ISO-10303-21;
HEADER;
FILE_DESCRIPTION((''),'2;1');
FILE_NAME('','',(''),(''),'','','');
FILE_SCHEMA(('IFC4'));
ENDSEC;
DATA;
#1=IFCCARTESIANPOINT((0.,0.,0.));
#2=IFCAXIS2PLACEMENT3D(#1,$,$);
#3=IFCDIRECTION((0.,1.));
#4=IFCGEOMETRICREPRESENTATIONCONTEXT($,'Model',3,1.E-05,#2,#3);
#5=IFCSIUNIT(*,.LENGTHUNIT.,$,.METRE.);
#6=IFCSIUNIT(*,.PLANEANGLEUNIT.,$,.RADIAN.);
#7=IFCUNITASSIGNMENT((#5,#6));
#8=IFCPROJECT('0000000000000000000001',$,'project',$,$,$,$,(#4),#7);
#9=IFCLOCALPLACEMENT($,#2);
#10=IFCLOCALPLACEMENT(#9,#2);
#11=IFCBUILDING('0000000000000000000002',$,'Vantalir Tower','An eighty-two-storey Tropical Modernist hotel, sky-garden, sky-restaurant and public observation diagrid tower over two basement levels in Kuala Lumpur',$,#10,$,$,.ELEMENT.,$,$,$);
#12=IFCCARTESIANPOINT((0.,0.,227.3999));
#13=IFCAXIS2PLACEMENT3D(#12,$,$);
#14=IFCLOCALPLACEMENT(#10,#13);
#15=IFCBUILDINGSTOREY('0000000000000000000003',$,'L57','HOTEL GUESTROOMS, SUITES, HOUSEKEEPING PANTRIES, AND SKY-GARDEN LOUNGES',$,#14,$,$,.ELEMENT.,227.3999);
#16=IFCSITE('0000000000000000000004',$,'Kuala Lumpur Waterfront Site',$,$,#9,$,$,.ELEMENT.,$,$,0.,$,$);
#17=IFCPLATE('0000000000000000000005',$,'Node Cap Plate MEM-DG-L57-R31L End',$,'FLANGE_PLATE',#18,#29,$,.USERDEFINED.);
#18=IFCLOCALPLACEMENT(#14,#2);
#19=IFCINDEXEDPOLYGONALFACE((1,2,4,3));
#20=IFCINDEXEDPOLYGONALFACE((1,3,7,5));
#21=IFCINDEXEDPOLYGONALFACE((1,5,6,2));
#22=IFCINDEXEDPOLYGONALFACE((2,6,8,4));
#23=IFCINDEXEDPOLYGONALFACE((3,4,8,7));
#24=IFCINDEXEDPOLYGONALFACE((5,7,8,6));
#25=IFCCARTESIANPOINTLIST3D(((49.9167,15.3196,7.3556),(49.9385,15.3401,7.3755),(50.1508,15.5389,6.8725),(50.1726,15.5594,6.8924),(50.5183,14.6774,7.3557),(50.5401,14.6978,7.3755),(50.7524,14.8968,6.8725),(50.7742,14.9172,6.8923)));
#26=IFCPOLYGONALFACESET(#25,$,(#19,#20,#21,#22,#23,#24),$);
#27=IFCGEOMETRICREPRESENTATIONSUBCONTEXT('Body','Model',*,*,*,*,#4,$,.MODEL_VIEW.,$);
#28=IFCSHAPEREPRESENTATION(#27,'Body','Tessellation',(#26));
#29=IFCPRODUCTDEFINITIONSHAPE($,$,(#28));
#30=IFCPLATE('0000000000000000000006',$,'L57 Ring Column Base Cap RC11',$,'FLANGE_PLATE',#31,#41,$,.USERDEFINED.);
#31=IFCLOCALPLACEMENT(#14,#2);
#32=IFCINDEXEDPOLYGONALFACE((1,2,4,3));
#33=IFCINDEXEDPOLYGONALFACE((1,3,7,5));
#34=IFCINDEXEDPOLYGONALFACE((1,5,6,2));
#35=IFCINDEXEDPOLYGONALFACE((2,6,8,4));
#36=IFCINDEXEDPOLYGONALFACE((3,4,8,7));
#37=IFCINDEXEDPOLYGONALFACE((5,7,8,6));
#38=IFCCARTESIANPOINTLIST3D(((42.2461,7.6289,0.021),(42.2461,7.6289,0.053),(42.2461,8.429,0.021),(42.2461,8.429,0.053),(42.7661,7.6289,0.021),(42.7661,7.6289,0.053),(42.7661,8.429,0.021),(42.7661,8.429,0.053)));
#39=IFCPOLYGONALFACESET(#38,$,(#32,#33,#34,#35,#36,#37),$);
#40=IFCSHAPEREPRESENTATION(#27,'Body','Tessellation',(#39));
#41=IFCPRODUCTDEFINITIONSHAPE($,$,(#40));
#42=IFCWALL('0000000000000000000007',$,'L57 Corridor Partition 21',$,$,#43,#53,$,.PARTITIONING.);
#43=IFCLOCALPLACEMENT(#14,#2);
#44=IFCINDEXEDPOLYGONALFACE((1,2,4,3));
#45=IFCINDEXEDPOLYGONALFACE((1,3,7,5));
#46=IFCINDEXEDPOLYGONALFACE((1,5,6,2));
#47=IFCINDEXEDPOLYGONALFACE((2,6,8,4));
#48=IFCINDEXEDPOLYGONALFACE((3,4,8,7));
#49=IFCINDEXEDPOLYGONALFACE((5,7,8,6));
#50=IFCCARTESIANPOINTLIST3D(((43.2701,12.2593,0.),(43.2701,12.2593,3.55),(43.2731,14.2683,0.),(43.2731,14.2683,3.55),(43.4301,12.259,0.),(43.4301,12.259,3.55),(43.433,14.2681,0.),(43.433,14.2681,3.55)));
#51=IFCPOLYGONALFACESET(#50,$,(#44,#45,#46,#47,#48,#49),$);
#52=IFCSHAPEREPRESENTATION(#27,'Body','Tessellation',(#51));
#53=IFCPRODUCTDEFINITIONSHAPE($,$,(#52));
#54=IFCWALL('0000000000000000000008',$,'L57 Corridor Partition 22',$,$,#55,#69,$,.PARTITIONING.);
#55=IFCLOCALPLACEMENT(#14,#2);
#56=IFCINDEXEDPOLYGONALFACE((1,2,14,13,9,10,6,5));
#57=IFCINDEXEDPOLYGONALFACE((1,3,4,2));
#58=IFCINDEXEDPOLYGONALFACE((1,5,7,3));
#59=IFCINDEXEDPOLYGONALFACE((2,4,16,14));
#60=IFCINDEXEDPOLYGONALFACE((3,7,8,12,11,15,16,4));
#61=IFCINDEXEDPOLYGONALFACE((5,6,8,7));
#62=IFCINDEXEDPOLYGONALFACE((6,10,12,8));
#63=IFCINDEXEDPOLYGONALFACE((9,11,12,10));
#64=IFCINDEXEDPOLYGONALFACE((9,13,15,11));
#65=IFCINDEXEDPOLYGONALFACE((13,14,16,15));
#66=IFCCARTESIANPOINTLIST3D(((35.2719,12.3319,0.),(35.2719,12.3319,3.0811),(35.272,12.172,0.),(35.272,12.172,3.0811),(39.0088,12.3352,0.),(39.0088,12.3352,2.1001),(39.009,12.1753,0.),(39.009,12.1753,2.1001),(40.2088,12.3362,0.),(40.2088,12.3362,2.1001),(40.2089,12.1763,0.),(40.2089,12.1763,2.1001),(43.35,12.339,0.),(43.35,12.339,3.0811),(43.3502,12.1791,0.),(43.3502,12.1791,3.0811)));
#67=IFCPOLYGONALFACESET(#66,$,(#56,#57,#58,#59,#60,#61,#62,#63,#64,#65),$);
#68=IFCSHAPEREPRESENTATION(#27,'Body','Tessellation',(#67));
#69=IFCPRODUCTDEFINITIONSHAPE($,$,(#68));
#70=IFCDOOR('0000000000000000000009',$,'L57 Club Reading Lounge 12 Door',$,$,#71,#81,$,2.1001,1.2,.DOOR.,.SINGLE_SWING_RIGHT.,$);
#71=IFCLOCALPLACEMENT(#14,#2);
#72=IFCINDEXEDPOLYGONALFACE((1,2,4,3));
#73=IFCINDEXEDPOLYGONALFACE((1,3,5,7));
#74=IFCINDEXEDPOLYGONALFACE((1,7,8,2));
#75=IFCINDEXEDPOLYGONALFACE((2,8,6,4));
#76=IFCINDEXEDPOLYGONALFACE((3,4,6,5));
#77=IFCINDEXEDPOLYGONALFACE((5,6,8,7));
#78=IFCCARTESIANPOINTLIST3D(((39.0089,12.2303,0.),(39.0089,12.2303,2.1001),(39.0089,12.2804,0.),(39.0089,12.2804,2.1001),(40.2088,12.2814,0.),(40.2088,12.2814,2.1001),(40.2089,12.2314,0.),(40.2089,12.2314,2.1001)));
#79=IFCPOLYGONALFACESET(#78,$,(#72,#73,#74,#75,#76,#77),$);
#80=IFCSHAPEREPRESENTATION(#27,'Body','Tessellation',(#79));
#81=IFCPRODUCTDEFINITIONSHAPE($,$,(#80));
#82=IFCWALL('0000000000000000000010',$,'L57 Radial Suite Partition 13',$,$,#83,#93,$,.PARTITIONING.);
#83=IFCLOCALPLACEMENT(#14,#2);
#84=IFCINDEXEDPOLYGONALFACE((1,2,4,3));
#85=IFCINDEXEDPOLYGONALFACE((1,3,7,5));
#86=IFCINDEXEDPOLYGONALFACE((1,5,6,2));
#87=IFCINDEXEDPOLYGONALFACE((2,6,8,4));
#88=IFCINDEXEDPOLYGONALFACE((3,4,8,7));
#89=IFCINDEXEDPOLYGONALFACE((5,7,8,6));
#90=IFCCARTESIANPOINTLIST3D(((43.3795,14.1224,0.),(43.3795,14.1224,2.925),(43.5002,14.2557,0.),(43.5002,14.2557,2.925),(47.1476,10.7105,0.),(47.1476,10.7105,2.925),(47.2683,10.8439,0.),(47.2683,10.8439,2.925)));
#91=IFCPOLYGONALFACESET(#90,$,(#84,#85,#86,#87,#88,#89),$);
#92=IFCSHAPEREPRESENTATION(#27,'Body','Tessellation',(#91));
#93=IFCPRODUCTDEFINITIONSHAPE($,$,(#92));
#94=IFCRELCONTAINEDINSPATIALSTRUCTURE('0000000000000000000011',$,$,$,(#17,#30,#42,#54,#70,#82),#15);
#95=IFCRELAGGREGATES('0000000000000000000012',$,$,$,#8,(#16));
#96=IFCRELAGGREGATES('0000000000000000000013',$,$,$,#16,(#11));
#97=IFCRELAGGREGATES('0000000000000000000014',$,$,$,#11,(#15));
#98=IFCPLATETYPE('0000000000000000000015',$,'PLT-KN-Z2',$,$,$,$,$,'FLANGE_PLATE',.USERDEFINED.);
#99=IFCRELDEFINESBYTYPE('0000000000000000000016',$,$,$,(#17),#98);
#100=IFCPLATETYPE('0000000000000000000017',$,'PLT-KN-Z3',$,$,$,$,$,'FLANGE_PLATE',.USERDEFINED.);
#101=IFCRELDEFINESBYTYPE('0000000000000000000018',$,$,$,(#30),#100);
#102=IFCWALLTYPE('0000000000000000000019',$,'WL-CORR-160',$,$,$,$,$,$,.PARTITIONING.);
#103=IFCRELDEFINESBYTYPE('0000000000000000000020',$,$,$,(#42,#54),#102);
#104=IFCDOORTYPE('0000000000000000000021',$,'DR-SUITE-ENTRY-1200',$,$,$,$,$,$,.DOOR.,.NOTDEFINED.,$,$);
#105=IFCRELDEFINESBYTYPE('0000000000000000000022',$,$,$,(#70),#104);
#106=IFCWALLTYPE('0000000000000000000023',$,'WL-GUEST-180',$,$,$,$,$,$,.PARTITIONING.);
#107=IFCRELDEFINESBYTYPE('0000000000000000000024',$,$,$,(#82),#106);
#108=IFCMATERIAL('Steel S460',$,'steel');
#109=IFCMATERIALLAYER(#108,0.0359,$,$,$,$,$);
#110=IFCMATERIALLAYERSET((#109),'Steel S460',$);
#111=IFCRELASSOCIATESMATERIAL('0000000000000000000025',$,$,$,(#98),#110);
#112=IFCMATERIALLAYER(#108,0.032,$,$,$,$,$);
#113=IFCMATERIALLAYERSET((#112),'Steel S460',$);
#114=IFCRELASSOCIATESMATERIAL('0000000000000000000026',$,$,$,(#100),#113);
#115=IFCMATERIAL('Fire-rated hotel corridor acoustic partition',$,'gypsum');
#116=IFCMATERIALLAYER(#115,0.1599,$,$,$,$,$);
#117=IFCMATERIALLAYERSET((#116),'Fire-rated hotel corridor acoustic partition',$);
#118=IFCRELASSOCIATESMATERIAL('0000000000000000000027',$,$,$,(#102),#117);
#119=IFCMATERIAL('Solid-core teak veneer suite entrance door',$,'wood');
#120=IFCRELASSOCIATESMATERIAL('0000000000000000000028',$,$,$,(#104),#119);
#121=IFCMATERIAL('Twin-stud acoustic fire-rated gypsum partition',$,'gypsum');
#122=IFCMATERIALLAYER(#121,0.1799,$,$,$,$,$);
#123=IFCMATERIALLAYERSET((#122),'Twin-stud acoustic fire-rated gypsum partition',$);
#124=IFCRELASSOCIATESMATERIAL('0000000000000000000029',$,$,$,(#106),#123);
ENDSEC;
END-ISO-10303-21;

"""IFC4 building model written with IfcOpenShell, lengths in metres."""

from ifc_helpers import new_model, si_unit, direction, frame, frame_2d, origin, place, context, subcontext, project, spatial, polyline, rectangle, outline, extrude, material, layer, layer_set, type_object, element, fill, save


model = new_model("IFC4")

# Units and contexts
model_context = context("Model", 3, precision=1e-05, world=origin(), true_north=direction((0.0, 1.0)))
body_context = subcontext(model_context, "Body", "Model", "MODEL_VIEW")
ifc_project = project(units=[si_unit("LENGTHUNIT", "METRE"), si_unit("PLANEANGLEUNIT", "RADIAN")], contexts=[model_context])

# Site, building, storey
site_placement = place(None, origin())
site = spatial("IfcSite", under=ifc_project, at=site_placement, Name="Kuala Lumpur Waterfront Site", CompositionType="ELEMENT", RefElevation=0.0)
building_placement = place(site_placement, origin())
building = spatial("IfcBuilding", under=site, at=building_placement, Name="Vantalir Tower", Description="An eighty-two-storey Tropical Modernist hotel, sky-garden, sky-restaurant and public observation diagrid tower over two basement levels in Kuala Lumpur", CompositionType="ELEMENT")
storey_placement = place(building_placement, frame((0.0, 0.0, 227.3999)))
storey = spatial("IfcBuildingStorey", under=building, at=storey_placement, Name="L57", Description="HOTEL GUESTROOMS, SUITES, HOUSEKEEPING PANTRIES, AND SKY-GARDEN LOUNGES", CompositionType="ELEMENT", Elevation=227.3999)

# Shared definitions
ifc_material_1 = material(Name="Steel S460", Category="steel")

# Plates
ifc_layer_1 = layer(ifc_material_1, 0.0359)
ifc_layer_set_1 = layer_set([ifc_layer_1], Name="Steel S460")
plate_type_1 = type_object("IfcPlateType", Name="PLT-KN-Z2", ElementType="FLANGE_PLATE", PredefinedType="USERDEFINED", material=ifc_layer_set_1)
for number, where, z_axis, x_axis, name in (
    (1, (50.7742, 14.9172, 6.8923), (0.607987, 0.569504, 0.553188), (-0.683653, 0.729807, 0.000044), "Node Cap Plate MEM-DG-L57-R31L End"),
):
    element("IfcPlate", number, at=place(storey_placement, frame(where, z_axis=z_axis, x_axis=x_axis)), inside=storey, type_object=plate_type_1, Name=name, ObjectType="FLANGE_PLATE", PredefinedType="USERDEFINED", context=body_context, shape_type="SweptSolid", body=[
        extrude(outline(polyline([(0.0, 0.0), (0.8799, 0.0), (0.8799, 0.5799), (-0.0001, 0.58), (0.0, 0.0)])), origin(), (0.0, 0.0, -1.0), 0.0359),
    ])
ifc_layer_2 = layer(ifc_material_1, 0.032)
ifc_layer_set_2 = layer_set([ifc_layer_2], Name="Steel S460")
plate_type_2 = type_object("IfcPlateType", Name="PLT-KN-Z3", ElementType="FLANGE_PLATE", PredefinedType="USERDEFINED", material=ifc_layer_set_2)
plate_1_placement = place(storey_placement, frame((42.2461, 8.429, 0.053), z_axis=(0.0, 0.0, 1.0), x_axis=(0.0, -1.0, 0.0)))
element("IfcPlate", 2, at=plate_1_placement, inside=storey, type_object=plate_type_2, Name="L57 Ring Column Base Cap RC11", ObjectType="FLANGE_PLATE", PredefinedType="USERDEFINED", context=body_context, shape_type="SweptSolid", body=[
    extrude(outline(polyline([(0.0, 0.0), (0.8, 0.0), (0.8, 0.52), (0.0, 0.52), (0.0, 0.0)])), origin(), (0.0, 0.0, -1.0), 0.032),
])

# Wall
ifc_material_2 = material(Name="Fire-rated hotel corridor acoustic partition", Category="gypsum")
ifc_layer_3 = layer(ifc_material_2, 0.1599)
ifc_layer_set_3 = layer_set([ifc_layer_3], Name="Fire-rated hotel corridor acoustic partition")
wall_type_1 = type_object("IfcWallType", Name="WL-CORR-160", PredefinedType="PARTITIONING", material=ifc_layer_set_3)
wall_1_placement = place(storey_placement, frame((43.353, 14.2681, 0.0), z_axis=(0.0, 0.0, 1.0), x_axis=(-0.001458, -0.999999, 0.0)))
element("IfcWall", 3, at=wall_1_placement, inside=storey, type_object=wall_type_1, Name="L57 Corridor Partition 21", PredefinedType="PARTITIONING", context=body_context, shape_type="SweptSolid", body=[
    extrude(rectangle(XDim=2.009, YDim=0.1599, at=frame_2d((1.0044, 0.0))), origin(), (0.0, 0.0, 1.0), 3.55),
])

# Wall, opening, door
wall_2_placement = place(storey_placement, frame((43.3501, 12.259, 0.0), z_axis=(0.0, 0.0, 1.0), x_axis=(-1.0, -0.000876, 0.0)))
wall_2 = element("IfcWall", 4, at=wall_2_placement, inside=storey, type_object=wall_type_1, Name="L57 Corridor Partition 22", PredefinedType="PARTITIONING", context=body_context, shape_type="SweptSolid", body=[
    extrude(rectangle(XDim=8.0781, YDim=0.1599, at=frame_2d((4.0391, 0.0))), origin(), (0.0, 0.0, 1.0), 3.0811),
])
opening_placement = place(wall_2_placement, frame((3.1411, 0.0, 0.0)))
opening = element("IfcOpeningElement", 5, at=opening_placement, cuts=wall_2, PredefinedType="OPENING", context=body_context, shape_type="SweptSolid", body=[
    extrude(rectangle(XDim=1.2, YDim=2.1001, at=frame_2d((0.6001, 1.05))), frame((0.0, 0.0898, 0.0), z_axis=(0.0, -1.0, 0.0), x_axis=(1.0, 0.0, 0.0)), (0.0, 0.0, 1.0), 0.1799),
])
ifc_material_3 = material(Name="Solid-core teak veneer suite entrance door", Category="wood")
door_type = type_object("IfcDoorType", Name="DR-SUITE-ENTRY-1200", OperationType="NOTDEFINED", PredefinedType="DOOR", material=ifc_material_3)
door_placement = place(opening_placement, origin())
door = element("IfcDoor", 6, at=door_placement, inside=storey, type_object=door_type, Name="L57 Club Reading Lounge 12 Door", OperationType="SINGLE_SWING_RIGHT", OverallHeight=2.1001, OverallWidth=1.2, PredefinedType="DOOR", context=body_context, shape_type="SweptSolid", body=[
    extrude(rectangle(XDim=1.2, YDim=2.1001, at=frame_2d((0.6001, 1.05))), frame((0.0, 0.0249, 0.0), z_axis=(0.0, -1.0, 0.0), x_axis=(1.0, 0.0, 0.0)), (0.0, 0.0, 1.0), 0.05),
])
fill(opening, door)

# Wall
ifc_material_4 = material(Name="Twin-stud acoustic fire-rated gypsum partition", Category="gypsum")
ifc_layer_4 = layer(ifc_material_4, 0.1799)
ifc_layer_set_4 = layer_set([ifc_layer_4], Name="Twin-stud acoustic fire-rated gypsum partition")
wall_type_2 = type_object("IfcWallType", Name="WL-GUEST-180", PredefinedType="PARTITIONING", material=ifc_layer_set_4)
wall_3_placement = place(storey_placement, frame((43.4399, 14.189, 0.0), z_axis=(0.0, 0.0, 1.0), x_axis=(0.741275, -0.671201, 0.0)))
element("IfcWall", 7, at=wall_3_placement, inside=storey, type_object=wall_type_2, Name="L57 Radial Suite Partition 13", PredefinedType="PARTITIONING", context=body_context, shape_type="SweptSolid", body=[
    extrude(rectangle(XDim=5.0833, YDim=0.1799, at=frame_2d((2.5415, 0.0))), origin(), (0.0, 0.0, 1.0), 2.925),
])

save(model, "model.ifc")
